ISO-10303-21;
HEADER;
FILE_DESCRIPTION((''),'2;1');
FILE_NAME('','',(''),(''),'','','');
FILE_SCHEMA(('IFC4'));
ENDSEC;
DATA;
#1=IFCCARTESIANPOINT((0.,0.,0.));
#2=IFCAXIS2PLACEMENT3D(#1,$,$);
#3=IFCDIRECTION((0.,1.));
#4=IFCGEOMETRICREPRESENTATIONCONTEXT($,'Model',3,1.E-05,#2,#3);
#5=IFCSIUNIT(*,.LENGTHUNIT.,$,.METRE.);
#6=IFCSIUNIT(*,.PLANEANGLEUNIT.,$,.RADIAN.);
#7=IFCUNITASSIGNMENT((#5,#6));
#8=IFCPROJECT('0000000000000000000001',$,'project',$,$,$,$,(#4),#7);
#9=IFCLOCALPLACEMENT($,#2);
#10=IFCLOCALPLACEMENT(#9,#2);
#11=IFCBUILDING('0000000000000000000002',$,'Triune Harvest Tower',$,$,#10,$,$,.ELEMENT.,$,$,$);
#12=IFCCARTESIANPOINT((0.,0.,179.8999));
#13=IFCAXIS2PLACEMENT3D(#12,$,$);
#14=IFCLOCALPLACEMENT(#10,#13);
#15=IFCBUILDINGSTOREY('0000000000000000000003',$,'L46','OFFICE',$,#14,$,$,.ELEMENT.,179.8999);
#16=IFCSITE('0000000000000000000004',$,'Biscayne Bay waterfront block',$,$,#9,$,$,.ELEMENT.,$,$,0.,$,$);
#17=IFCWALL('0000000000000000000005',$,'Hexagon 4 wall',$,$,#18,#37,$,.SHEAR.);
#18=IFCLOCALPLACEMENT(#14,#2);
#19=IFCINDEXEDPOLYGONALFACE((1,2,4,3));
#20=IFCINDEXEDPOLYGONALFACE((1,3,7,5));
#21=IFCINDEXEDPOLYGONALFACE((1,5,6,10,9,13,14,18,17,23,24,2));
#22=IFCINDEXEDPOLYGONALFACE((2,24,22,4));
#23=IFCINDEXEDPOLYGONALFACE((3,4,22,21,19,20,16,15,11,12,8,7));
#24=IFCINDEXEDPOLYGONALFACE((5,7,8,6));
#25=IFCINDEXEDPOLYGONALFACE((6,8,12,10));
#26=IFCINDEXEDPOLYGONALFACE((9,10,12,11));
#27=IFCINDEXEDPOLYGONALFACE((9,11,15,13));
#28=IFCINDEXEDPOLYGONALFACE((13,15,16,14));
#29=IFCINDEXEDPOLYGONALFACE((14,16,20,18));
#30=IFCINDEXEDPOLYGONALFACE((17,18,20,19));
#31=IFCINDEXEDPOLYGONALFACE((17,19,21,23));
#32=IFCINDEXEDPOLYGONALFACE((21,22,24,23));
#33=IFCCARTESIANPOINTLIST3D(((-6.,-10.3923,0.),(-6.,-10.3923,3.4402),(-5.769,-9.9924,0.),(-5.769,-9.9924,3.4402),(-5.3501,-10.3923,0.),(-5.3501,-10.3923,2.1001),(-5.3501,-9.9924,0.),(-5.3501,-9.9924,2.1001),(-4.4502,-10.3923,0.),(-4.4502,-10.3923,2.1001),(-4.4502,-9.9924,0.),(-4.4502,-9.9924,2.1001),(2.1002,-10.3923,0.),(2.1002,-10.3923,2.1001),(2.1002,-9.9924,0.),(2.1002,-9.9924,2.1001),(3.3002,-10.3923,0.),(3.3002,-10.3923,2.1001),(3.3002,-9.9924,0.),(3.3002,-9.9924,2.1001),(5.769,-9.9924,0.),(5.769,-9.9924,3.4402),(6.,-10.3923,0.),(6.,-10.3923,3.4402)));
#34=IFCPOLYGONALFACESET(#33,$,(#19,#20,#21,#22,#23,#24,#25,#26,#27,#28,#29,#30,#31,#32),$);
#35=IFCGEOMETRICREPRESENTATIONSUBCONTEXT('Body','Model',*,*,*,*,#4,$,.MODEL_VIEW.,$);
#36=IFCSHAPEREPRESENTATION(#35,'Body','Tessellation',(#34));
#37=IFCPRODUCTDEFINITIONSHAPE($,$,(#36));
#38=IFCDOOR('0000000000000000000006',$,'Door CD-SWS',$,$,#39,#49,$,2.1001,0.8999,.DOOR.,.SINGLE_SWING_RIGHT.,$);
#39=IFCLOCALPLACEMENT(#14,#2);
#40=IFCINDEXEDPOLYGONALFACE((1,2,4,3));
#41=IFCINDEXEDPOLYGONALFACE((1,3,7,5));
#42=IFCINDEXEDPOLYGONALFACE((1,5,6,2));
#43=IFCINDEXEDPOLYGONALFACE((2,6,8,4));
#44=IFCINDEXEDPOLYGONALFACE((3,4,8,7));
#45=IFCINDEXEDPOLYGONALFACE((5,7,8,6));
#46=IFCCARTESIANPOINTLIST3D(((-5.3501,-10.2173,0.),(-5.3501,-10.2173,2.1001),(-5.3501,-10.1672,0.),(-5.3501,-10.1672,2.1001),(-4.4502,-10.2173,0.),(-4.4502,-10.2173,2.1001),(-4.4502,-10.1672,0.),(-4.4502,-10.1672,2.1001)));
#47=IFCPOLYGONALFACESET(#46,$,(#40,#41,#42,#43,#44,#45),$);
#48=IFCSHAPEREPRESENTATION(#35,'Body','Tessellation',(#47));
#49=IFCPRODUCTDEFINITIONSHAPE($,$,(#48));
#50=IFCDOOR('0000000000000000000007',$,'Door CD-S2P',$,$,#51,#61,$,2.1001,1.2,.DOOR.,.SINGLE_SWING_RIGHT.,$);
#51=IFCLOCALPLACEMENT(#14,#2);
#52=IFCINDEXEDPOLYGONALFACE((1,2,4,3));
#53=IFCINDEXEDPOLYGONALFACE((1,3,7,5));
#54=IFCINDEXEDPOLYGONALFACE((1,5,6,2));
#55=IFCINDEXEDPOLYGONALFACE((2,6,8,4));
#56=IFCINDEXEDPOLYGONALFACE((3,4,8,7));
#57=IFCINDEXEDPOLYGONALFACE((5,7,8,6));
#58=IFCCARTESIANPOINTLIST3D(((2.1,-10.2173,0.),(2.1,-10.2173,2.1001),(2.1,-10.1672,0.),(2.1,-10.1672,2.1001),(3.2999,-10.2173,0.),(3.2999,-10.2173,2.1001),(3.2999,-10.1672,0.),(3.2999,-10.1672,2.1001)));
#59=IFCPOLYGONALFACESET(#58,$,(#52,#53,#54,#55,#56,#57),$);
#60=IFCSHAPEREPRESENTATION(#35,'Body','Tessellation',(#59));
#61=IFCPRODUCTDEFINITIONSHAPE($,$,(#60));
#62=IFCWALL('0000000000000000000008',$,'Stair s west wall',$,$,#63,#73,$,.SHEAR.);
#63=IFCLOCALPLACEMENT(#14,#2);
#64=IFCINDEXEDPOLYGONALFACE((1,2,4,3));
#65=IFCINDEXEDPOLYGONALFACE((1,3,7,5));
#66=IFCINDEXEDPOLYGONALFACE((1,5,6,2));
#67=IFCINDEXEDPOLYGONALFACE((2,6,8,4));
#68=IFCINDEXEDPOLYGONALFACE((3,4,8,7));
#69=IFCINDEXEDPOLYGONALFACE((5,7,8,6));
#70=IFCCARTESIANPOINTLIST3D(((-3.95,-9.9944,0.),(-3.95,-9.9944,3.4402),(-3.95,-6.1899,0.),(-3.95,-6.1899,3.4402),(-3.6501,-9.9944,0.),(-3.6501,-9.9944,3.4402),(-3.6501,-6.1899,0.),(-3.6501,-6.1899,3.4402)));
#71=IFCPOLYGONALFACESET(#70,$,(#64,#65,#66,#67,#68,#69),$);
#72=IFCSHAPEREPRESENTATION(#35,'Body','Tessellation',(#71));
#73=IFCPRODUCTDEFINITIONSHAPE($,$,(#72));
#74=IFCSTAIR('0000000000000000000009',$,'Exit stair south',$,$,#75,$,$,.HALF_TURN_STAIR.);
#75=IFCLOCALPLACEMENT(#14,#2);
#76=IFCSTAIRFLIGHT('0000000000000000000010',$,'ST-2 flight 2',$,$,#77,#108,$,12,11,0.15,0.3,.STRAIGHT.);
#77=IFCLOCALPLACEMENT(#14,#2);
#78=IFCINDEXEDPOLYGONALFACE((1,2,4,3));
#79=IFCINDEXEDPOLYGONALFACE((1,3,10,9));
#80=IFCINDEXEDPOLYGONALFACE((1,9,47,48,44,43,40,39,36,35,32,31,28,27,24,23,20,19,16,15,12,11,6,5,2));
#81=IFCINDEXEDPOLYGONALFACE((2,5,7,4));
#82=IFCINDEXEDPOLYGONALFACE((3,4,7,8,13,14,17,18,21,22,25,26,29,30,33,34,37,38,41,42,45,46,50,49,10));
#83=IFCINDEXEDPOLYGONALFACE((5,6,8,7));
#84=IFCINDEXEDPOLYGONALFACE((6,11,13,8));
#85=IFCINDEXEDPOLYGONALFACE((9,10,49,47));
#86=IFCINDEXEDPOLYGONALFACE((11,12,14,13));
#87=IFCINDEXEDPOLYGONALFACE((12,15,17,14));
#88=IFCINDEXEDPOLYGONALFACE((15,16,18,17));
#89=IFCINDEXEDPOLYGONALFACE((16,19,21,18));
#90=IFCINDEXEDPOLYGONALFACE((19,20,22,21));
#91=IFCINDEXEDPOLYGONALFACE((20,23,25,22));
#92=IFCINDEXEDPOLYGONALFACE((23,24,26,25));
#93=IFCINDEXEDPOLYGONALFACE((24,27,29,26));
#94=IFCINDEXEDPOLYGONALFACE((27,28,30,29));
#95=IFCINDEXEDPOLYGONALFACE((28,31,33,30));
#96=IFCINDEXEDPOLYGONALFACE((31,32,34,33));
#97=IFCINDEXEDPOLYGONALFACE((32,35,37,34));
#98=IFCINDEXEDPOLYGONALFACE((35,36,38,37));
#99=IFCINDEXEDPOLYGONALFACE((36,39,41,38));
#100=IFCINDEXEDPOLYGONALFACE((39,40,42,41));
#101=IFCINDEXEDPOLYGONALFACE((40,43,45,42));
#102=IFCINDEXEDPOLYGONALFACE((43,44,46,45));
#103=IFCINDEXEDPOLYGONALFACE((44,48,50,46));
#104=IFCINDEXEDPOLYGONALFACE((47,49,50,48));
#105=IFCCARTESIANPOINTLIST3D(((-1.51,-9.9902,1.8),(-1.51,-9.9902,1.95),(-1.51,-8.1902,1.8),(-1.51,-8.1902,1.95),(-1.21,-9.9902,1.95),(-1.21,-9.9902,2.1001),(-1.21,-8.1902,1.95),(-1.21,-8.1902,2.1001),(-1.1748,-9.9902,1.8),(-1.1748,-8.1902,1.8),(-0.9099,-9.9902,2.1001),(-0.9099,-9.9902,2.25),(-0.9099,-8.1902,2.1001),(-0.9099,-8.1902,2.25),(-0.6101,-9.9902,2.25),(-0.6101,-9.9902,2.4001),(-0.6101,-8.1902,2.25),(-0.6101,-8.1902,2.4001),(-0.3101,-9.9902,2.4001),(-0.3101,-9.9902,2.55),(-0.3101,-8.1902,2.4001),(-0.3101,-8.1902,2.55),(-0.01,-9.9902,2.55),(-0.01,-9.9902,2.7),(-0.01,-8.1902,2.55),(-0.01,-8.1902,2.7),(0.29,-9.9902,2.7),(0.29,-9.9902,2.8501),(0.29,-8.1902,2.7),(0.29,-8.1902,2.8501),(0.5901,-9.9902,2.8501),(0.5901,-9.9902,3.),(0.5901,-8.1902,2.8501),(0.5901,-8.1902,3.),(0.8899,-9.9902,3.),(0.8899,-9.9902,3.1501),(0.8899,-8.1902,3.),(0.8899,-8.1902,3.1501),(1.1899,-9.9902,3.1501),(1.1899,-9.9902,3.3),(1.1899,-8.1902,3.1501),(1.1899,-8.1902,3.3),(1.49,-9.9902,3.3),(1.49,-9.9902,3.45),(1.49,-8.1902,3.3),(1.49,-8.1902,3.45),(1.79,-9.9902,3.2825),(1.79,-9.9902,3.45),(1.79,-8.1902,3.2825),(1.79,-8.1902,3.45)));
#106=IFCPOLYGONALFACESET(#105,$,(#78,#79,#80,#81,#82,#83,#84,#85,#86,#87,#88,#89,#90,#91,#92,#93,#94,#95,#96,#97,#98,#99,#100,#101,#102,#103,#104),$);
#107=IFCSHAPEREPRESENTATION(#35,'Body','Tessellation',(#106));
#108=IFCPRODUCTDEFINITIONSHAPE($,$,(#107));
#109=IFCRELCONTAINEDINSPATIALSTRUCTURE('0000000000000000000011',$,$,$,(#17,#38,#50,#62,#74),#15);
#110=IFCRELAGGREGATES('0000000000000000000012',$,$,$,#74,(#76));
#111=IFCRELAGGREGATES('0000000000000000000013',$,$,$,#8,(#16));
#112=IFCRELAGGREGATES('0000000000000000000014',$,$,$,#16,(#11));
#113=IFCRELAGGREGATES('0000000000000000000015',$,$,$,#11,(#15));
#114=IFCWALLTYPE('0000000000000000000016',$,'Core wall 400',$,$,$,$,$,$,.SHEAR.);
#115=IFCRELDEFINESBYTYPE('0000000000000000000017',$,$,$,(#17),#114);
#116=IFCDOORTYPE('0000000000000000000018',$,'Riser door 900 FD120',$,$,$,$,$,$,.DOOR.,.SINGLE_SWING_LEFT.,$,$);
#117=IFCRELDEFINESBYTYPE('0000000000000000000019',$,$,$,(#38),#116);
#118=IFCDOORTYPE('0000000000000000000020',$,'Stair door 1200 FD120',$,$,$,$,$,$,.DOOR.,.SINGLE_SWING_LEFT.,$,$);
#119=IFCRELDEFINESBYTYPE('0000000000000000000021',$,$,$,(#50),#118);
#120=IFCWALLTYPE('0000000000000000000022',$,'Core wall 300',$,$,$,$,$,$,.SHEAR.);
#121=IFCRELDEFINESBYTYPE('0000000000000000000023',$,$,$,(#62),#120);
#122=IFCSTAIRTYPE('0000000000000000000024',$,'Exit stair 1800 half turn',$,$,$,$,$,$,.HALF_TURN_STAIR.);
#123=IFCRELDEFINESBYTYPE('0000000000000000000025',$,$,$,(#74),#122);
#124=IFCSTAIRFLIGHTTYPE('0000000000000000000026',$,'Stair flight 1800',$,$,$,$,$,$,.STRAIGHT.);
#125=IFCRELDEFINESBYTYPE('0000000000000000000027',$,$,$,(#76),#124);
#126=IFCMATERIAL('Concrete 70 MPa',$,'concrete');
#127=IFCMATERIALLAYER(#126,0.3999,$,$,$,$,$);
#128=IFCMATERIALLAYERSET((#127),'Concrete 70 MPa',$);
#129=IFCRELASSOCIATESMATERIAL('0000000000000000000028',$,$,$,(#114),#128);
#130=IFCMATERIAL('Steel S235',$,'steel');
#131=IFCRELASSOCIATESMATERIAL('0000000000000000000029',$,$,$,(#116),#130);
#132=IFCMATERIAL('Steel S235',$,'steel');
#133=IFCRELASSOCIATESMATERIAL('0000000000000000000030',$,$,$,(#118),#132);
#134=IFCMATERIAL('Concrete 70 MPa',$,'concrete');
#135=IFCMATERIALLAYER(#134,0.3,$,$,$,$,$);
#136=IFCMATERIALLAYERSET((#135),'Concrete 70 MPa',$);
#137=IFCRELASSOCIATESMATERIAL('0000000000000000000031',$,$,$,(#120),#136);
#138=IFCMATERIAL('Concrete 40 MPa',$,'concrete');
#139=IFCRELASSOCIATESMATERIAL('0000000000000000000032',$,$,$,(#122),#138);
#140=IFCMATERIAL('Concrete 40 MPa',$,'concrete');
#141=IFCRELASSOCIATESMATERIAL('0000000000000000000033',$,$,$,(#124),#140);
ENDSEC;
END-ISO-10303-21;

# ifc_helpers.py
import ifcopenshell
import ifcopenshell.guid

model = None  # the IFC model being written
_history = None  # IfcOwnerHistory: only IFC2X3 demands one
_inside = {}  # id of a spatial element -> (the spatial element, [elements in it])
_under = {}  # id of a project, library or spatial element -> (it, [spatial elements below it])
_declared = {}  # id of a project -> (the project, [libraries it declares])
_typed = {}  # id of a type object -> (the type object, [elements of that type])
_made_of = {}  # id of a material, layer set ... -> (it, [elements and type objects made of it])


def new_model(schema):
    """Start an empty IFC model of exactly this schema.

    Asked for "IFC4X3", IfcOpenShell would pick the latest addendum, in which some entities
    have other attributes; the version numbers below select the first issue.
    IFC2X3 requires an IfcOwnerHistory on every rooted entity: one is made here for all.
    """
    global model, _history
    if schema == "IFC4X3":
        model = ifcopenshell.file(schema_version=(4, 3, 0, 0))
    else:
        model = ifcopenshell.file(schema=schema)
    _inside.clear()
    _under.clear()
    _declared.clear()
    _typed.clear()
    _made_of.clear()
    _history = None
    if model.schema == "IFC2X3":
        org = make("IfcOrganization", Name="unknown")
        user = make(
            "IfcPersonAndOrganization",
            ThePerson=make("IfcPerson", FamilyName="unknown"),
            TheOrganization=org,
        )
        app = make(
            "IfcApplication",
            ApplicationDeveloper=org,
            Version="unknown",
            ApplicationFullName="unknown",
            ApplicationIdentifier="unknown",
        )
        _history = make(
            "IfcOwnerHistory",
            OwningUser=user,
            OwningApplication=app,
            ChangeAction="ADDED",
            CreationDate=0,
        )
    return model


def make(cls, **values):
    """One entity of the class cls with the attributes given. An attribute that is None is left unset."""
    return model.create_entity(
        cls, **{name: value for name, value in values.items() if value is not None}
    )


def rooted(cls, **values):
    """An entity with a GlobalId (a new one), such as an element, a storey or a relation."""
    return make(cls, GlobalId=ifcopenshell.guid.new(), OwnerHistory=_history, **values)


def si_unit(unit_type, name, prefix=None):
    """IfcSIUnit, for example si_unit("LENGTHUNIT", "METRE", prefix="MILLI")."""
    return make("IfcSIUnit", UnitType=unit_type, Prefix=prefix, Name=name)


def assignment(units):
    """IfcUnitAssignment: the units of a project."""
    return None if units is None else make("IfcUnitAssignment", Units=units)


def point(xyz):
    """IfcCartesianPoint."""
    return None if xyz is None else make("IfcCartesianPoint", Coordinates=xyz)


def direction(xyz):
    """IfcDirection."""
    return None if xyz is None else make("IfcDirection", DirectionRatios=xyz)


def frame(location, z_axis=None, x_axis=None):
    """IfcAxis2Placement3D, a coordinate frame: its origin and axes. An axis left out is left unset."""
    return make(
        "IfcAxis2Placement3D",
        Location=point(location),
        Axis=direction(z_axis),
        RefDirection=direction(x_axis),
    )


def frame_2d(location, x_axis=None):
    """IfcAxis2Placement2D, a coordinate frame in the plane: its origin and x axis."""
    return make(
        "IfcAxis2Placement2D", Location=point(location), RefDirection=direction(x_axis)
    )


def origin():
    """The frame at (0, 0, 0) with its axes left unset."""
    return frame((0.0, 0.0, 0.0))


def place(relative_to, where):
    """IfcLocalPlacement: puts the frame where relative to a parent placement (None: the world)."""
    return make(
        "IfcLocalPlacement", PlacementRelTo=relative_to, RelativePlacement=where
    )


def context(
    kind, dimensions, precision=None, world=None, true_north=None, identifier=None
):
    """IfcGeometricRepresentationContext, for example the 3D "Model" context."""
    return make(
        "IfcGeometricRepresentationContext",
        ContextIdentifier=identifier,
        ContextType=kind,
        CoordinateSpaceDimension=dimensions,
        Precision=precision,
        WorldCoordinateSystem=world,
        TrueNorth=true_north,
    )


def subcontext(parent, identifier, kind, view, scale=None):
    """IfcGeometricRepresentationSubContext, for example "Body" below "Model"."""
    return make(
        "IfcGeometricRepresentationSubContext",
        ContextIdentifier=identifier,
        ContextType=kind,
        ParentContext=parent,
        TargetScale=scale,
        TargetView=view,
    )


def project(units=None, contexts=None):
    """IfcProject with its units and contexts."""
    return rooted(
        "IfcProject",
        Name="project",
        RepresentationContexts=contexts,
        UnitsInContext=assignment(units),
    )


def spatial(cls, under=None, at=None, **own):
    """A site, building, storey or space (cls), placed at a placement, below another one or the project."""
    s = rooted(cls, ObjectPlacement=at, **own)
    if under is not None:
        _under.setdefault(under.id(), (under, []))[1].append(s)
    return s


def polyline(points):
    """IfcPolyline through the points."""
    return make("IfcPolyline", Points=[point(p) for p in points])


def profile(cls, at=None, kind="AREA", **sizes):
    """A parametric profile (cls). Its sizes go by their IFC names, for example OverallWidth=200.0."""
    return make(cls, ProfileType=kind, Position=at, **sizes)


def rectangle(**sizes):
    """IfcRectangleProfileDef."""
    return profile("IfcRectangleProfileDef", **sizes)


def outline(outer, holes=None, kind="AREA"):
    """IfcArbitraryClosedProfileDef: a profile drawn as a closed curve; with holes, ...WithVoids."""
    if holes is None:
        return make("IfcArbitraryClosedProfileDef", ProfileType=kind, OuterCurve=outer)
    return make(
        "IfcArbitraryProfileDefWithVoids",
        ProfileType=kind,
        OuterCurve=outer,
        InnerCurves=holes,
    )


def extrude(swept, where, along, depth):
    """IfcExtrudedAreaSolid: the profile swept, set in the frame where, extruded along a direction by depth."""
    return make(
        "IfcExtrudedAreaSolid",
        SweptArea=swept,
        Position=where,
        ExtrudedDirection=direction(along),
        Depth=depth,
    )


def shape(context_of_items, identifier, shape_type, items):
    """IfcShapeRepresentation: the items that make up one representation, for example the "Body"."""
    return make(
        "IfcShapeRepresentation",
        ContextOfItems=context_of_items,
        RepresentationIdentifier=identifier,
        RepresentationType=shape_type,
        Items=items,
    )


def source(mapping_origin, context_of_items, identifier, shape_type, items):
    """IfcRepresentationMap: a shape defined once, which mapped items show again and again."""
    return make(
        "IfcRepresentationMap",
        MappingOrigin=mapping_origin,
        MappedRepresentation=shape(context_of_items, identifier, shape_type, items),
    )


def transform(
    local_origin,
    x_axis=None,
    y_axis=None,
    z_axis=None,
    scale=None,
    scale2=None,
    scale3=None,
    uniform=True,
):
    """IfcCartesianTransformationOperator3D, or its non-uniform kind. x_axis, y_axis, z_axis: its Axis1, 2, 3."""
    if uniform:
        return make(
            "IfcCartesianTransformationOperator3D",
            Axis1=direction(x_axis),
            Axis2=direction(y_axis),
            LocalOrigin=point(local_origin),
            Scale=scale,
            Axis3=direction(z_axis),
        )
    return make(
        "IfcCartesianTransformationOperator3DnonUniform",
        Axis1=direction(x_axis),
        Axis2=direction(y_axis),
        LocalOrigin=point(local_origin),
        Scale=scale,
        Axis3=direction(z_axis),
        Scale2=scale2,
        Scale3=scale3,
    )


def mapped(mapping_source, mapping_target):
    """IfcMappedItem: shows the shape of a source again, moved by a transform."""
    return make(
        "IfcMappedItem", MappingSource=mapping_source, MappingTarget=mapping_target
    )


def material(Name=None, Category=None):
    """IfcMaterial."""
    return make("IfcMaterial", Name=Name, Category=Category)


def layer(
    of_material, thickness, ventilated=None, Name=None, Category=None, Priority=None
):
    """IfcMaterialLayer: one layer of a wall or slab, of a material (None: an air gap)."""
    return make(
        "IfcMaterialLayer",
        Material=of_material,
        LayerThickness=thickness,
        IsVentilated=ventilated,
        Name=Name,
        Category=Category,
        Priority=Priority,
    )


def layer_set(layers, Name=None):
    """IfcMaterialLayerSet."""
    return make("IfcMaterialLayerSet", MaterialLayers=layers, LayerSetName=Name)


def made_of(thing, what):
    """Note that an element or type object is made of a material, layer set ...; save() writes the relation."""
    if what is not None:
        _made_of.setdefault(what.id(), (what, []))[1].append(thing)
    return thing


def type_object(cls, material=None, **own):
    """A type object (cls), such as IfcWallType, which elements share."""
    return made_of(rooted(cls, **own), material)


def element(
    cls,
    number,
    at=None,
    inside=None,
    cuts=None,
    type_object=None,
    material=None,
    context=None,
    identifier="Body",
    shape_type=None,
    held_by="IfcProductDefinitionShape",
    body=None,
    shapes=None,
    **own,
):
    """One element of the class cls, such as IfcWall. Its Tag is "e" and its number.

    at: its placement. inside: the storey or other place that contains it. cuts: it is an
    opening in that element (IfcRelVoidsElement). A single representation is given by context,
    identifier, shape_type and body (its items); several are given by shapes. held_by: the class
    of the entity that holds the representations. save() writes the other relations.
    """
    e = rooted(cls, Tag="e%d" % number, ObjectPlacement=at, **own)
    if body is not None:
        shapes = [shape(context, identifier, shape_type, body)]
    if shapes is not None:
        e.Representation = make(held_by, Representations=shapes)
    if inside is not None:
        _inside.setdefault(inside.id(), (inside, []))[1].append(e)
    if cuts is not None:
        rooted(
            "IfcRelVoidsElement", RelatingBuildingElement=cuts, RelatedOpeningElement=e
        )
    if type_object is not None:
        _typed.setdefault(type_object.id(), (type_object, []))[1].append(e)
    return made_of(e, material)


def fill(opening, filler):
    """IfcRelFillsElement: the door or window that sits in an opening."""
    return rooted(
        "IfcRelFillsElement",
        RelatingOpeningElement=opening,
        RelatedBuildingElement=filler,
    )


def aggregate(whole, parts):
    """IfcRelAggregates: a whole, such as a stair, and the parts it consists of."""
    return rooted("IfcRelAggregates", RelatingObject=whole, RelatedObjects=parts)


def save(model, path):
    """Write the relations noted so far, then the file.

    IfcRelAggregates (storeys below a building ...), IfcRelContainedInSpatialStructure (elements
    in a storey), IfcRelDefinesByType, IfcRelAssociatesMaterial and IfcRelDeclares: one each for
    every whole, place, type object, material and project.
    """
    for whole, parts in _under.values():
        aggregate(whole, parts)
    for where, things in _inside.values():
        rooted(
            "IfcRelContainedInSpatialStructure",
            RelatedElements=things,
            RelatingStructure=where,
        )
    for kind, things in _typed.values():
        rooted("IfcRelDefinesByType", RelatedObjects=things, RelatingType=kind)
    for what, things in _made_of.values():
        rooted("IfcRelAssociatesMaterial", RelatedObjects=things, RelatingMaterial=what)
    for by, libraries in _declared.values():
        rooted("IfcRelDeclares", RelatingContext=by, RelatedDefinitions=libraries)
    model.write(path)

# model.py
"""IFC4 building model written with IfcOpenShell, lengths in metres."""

from ifc_helpers import new_model, si_unit, direction, frame, frame_2d, origin, place, context, subcontext, project, spatial, polyline, rectangle, outline, extrude, source, transform, mapped, material, layer, layer_set, type_object, element, fill, aggregate, save


model = new_model("IFC4")

# Units and contexts
model_context = context("Model", 3, precision=1e-05, world=origin(), true_north=direction((0.0, 1.0)))
body_context = subcontext(model_context, "Body", "Model", "MODEL_VIEW")
ifc_project = project(units=[si_unit("LENGTHUNIT", "METRE"), si_unit("PLANEANGLEUNIT", "RADIAN")], contexts=[model_context])

# Site, building, storey
site_placement = place(None, origin())
site = spatial("IfcSite", under=ifc_project, at=site_placement, Name="Biscayne Bay waterfront block", CompositionType="ELEMENT", RefElevation=0.0)
building_placement = place(site_placement, origin())
building = spatial("IfcBuilding", under=site, at=building_placement, Name="Triune Harvest Tower", CompositionType="ELEMENT")
storey_placement = place(building_placement, frame((0.0, 0.0, 179.8999)))
storey = spatial("IfcBuildingStorey", under=building, at=storey_placement, Name="L46", Description="OFFICE", CompositionType="ELEMENT", Elevation=179.8999)

# Wall, openings, doors
ifc_material_1 = material(Name="Concrete 70 MPa", Category="concrete")
ifc_layer_1 = layer(ifc_material_1, 0.3999)
ifc_layer_set_1 = layer_set([ifc_layer_1], Name="Concrete 70 MPa")
wall_type_1 = type_object("IfcWallType", Name="Core wall 400", PredefinedType="SHEAR", material=ifc_layer_set_1)
shared_shape_1 = source(origin(), body_context, "Body", "SweptSolid", [
    extrude(outline(polyline([(-0.1155, -0.2), (11.8845, -0.2), (11.6536, 0.2), (0.1155, 0.2), (-0.1155, -0.2)])), origin(), (0.0, 0.0, 1.0), 3.4402),
])
wall_1_placement = place(storey_placement, frame((-5.8845, -10.1924, 0.0), z_axis=(0.0, 0.0, 1.0), x_axis=(1.0, 0.0, 0.0)))
wall_1 = element("IfcWall", 1, at=wall_1_placement, inside=storey, type_object=wall_type_1, Name="Hexagon 4 wall", PredefinedType="SHEAR", context=body_context, shape_type="MappedRepresentation", body=[
    mapped(shared_shape_1, transform((0.0, 0.0, 0.0), scale=1.0)),
])
opening_1_placement = place(wall_1_placement, frame((7.9846, 0.0, 0.0)))
opening_1 = element("IfcOpeningElement", 2, at=opening_1_placement, cuts=wall_1, PredefinedType="OPENING", context=body_context, shape_type="SweptSolid", body=[
    extrude(rectangle(XDim=1.2, YDim=2.1001, at=frame_2d((0.6001, 1.05))), frame((0.0, 0.21, 0.0), z_axis=(0.0, -1.0, 0.0), x_axis=(1.0, 0.0, 0.0)), (0.0, 0.0, 1.0), 0.4199),
])
opening_2_placement = place(wall_1_placement, frame((0.5344, 0.0, 0.0)))
opening_2 = element("IfcOpeningElement", 3, at=opening_2_placement, cuts=wall_1, PredefinedType="OPENING", context=body_context, shape_type="SweptSolid", body=[
    extrude(rectangle(XDim=0.8999, YDim=2.1001, at=frame_2d((0.45, 1.05))), frame((0.0, 0.21, 0.0), z_axis=(0.0, -1.0, 0.0), x_axis=(1.0, 0.0, 0.0)), (0.0, 0.0, 1.0), 0.4199),
])
ifc_material_2 = material(Name="Steel S235", Category="steel")
door_type_1 = type_object("IfcDoorType", Name="Riser door 900 FD120", OperationType="SINGLE_SWING_LEFT", PredefinedType="DOOR", material=ifc_material_2)
door_1_placement = place(opening_2_placement, frame((0.8999, 0.0, 0.0), z_axis=(0.0, 0.0, 1.0), x_axis=(-1.0, 0.0, 0.0)))
door_1 = element("IfcDoor", 4, at=door_1_placement, inside=storey, type_object=door_type_1, Name="Door CD-SWS", OperationType="SINGLE_SWING_RIGHT", OverallHeight=2.1001, OverallWidth=0.8999, PredefinedType="DOOR", context=body_context, shape_type="SweptSolid", body=[
    extrude(rectangle(XDim=0.8999, YDim=2.1001, at=frame_2d((0.45, 1.05))), frame((0.0, 0.0249, 0.0), z_axis=(0.0, -1.0, 0.0), x_axis=(1.0, 0.0, 0.0)), (0.0, 0.0, 1.0), 0.05),
])
fill(opening_2, door_1)
ifc_material_3 = material(Name="Steel S235", Category="steel")
door_type_2 = type_object("IfcDoorType", Name="Stair door 1200 FD120", OperationType="SINGLE_SWING_LEFT", PredefinedType="DOOR", material=ifc_material_3)
door_2_placement = place(opening_1_placement, frame((1.2, 0.0, 0.0), z_axis=(0.0, 0.0, 1.0), x_axis=(-1.0, 0.0, 0.0)))
door_2 = element("IfcDoor", 5, at=door_2_placement, inside=storey, type_object=door_type_2, Name="Door CD-S2P", OperationType="SINGLE_SWING_RIGHT", OverallHeight=2.1001, OverallWidth=1.2, PredefinedType="DOOR", context=body_context, shape_type="SweptSolid", body=[
    extrude(rectangle(XDim=1.2, YDim=2.1001, at=frame_2d((0.6001, 1.05))), frame((0.0, 0.0249, 0.0), z_axis=(0.0, -1.0, 0.0), x_axis=(1.0, 0.0, 0.0)), (0.0, 0.0, 1.0), 0.05),
])
fill(opening_1, door_2)

# Wall
ifc_material_4 = material(Name="Concrete 70 MPa", Category="concrete")
ifc_layer_2 = layer(ifc_material_4, 0.3)
ifc_layer_set_2 = layer_set([ifc_layer_2], Name="Concrete 70 MPa")
wall_type_2 = type_object("IfcWallType", Name="Core wall 300", PredefinedType="SHEAR", material=ifc_layer_set_2)
shared_shape_2 = source(origin(), body_context, "Body", "SweptSolid", [
    extrude(outline(polyline([(3.8, -0.1499), (-0.0044, -0.1499), (-0.0044, 0.1499), (3.8, 0.1499), (3.8, -0.1499)])), origin(), (0.0, 0.0, 1.0), 3.4402),
])
wall_2_placement = place(storey_placement, frame((-3.8, -9.99, 0.0), z_axis=(0.0, 0.0, 1.0), x_axis=(0.0, 1.0, 0.0)))
element("IfcWall", 6, at=wall_2_placement, inside=storey, type_object=wall_type_2, Name="Stair s west wall", PredefinedType="SHEAR", context=body_context, shape_type="MappedRepresentation", body=[
    mapped(shared_shape_2, transform((0.0, 0.0, 0.0), scale=1.0)),
])

# Stair, stair flight
ifc_material_5 = material(Name="Concrete 40 MPa", Category="concrete")
stair_type = type_object("IfcStairType", Name="Exit stair 1800 half turn", PredefinedType="HALF_TURN_STAIR", material=ifc_material_5)
stair_placement = place(storey_placement, origin())
stair = element("IfcStair", 7, at=stair_placement, inside=storey, type_object=stair_type, Name="Exit stair south", PredefinedType="HALF_TURN_STAIR")
ifc_material_6 = material(Name="Concrete 40 MPa", Category="concrete")
stair_flight_type = type_object("IfcStairFlightType", Name="Stair flight 1800", PredefinedType="STRAIGHT", material=ifc_material_6)
shared_shape_3 = source(origin(), body_context, "Body", "SweptSolid", [
    extrude(outline(polyline([(0.0, 0.0), (0.0, 0.1499), (0.3, 0.1499), (0.3, 0.3), (0.6001, 0.3), (0.6001, 0.45), (0.8999, 0.45), (0.8999, 0.6001), (1.2, 0.6001), (1.2, 0.75), (1.5, 0.75), (1.5, 0.8999), (1.8, 0.8999), (1.8, 1.05), (2.1001, 1.05), (2.1001, 1.2), (2.3999, 1.2), (2.3999, 1.3501), (2.7, 1.3501), (2.7, 1.5), (3.0, 1.5), (3.0, 1.6499), (3.3, 1.6499), (3.3, 1.8), (3.3, 1.4824), (0.3352, 0.0), (0.0, 0.0)])), frame((0.0, 0.8999, 0.0), z_axis=(0.0, -1.0, 0.0), x_axis=(1.0, 0.0, 0.0)), (0.0, 0.0, 1.0), 1.8),
])
stair_flight_placement = place(storey_placement, frame((-1.51, -9.0901, 1.8), z_axis=(0.0, 0.0, 1.0), x_axis=(1.0, 0.0, 0.0)))
stair_flight = element("IfcStairFlight", 8, at=stair_flight_placement, type_object=stair_flight_type, Name="ST-2 flight 2", NumberOfRisers=12, NumberOfTreads=11, PredefinedType="STRAIGHT", RiserHeight=0.15, TreadLength=0.3, context=body_context, shape_type="MappedRepresentation", body=[
    mapped(shared_shape_3, transform((0.0, 0.0, 0.0), scale=1.0)),
])
aggregate(stair, [stair_flight])

save(model, "model.ifc")
